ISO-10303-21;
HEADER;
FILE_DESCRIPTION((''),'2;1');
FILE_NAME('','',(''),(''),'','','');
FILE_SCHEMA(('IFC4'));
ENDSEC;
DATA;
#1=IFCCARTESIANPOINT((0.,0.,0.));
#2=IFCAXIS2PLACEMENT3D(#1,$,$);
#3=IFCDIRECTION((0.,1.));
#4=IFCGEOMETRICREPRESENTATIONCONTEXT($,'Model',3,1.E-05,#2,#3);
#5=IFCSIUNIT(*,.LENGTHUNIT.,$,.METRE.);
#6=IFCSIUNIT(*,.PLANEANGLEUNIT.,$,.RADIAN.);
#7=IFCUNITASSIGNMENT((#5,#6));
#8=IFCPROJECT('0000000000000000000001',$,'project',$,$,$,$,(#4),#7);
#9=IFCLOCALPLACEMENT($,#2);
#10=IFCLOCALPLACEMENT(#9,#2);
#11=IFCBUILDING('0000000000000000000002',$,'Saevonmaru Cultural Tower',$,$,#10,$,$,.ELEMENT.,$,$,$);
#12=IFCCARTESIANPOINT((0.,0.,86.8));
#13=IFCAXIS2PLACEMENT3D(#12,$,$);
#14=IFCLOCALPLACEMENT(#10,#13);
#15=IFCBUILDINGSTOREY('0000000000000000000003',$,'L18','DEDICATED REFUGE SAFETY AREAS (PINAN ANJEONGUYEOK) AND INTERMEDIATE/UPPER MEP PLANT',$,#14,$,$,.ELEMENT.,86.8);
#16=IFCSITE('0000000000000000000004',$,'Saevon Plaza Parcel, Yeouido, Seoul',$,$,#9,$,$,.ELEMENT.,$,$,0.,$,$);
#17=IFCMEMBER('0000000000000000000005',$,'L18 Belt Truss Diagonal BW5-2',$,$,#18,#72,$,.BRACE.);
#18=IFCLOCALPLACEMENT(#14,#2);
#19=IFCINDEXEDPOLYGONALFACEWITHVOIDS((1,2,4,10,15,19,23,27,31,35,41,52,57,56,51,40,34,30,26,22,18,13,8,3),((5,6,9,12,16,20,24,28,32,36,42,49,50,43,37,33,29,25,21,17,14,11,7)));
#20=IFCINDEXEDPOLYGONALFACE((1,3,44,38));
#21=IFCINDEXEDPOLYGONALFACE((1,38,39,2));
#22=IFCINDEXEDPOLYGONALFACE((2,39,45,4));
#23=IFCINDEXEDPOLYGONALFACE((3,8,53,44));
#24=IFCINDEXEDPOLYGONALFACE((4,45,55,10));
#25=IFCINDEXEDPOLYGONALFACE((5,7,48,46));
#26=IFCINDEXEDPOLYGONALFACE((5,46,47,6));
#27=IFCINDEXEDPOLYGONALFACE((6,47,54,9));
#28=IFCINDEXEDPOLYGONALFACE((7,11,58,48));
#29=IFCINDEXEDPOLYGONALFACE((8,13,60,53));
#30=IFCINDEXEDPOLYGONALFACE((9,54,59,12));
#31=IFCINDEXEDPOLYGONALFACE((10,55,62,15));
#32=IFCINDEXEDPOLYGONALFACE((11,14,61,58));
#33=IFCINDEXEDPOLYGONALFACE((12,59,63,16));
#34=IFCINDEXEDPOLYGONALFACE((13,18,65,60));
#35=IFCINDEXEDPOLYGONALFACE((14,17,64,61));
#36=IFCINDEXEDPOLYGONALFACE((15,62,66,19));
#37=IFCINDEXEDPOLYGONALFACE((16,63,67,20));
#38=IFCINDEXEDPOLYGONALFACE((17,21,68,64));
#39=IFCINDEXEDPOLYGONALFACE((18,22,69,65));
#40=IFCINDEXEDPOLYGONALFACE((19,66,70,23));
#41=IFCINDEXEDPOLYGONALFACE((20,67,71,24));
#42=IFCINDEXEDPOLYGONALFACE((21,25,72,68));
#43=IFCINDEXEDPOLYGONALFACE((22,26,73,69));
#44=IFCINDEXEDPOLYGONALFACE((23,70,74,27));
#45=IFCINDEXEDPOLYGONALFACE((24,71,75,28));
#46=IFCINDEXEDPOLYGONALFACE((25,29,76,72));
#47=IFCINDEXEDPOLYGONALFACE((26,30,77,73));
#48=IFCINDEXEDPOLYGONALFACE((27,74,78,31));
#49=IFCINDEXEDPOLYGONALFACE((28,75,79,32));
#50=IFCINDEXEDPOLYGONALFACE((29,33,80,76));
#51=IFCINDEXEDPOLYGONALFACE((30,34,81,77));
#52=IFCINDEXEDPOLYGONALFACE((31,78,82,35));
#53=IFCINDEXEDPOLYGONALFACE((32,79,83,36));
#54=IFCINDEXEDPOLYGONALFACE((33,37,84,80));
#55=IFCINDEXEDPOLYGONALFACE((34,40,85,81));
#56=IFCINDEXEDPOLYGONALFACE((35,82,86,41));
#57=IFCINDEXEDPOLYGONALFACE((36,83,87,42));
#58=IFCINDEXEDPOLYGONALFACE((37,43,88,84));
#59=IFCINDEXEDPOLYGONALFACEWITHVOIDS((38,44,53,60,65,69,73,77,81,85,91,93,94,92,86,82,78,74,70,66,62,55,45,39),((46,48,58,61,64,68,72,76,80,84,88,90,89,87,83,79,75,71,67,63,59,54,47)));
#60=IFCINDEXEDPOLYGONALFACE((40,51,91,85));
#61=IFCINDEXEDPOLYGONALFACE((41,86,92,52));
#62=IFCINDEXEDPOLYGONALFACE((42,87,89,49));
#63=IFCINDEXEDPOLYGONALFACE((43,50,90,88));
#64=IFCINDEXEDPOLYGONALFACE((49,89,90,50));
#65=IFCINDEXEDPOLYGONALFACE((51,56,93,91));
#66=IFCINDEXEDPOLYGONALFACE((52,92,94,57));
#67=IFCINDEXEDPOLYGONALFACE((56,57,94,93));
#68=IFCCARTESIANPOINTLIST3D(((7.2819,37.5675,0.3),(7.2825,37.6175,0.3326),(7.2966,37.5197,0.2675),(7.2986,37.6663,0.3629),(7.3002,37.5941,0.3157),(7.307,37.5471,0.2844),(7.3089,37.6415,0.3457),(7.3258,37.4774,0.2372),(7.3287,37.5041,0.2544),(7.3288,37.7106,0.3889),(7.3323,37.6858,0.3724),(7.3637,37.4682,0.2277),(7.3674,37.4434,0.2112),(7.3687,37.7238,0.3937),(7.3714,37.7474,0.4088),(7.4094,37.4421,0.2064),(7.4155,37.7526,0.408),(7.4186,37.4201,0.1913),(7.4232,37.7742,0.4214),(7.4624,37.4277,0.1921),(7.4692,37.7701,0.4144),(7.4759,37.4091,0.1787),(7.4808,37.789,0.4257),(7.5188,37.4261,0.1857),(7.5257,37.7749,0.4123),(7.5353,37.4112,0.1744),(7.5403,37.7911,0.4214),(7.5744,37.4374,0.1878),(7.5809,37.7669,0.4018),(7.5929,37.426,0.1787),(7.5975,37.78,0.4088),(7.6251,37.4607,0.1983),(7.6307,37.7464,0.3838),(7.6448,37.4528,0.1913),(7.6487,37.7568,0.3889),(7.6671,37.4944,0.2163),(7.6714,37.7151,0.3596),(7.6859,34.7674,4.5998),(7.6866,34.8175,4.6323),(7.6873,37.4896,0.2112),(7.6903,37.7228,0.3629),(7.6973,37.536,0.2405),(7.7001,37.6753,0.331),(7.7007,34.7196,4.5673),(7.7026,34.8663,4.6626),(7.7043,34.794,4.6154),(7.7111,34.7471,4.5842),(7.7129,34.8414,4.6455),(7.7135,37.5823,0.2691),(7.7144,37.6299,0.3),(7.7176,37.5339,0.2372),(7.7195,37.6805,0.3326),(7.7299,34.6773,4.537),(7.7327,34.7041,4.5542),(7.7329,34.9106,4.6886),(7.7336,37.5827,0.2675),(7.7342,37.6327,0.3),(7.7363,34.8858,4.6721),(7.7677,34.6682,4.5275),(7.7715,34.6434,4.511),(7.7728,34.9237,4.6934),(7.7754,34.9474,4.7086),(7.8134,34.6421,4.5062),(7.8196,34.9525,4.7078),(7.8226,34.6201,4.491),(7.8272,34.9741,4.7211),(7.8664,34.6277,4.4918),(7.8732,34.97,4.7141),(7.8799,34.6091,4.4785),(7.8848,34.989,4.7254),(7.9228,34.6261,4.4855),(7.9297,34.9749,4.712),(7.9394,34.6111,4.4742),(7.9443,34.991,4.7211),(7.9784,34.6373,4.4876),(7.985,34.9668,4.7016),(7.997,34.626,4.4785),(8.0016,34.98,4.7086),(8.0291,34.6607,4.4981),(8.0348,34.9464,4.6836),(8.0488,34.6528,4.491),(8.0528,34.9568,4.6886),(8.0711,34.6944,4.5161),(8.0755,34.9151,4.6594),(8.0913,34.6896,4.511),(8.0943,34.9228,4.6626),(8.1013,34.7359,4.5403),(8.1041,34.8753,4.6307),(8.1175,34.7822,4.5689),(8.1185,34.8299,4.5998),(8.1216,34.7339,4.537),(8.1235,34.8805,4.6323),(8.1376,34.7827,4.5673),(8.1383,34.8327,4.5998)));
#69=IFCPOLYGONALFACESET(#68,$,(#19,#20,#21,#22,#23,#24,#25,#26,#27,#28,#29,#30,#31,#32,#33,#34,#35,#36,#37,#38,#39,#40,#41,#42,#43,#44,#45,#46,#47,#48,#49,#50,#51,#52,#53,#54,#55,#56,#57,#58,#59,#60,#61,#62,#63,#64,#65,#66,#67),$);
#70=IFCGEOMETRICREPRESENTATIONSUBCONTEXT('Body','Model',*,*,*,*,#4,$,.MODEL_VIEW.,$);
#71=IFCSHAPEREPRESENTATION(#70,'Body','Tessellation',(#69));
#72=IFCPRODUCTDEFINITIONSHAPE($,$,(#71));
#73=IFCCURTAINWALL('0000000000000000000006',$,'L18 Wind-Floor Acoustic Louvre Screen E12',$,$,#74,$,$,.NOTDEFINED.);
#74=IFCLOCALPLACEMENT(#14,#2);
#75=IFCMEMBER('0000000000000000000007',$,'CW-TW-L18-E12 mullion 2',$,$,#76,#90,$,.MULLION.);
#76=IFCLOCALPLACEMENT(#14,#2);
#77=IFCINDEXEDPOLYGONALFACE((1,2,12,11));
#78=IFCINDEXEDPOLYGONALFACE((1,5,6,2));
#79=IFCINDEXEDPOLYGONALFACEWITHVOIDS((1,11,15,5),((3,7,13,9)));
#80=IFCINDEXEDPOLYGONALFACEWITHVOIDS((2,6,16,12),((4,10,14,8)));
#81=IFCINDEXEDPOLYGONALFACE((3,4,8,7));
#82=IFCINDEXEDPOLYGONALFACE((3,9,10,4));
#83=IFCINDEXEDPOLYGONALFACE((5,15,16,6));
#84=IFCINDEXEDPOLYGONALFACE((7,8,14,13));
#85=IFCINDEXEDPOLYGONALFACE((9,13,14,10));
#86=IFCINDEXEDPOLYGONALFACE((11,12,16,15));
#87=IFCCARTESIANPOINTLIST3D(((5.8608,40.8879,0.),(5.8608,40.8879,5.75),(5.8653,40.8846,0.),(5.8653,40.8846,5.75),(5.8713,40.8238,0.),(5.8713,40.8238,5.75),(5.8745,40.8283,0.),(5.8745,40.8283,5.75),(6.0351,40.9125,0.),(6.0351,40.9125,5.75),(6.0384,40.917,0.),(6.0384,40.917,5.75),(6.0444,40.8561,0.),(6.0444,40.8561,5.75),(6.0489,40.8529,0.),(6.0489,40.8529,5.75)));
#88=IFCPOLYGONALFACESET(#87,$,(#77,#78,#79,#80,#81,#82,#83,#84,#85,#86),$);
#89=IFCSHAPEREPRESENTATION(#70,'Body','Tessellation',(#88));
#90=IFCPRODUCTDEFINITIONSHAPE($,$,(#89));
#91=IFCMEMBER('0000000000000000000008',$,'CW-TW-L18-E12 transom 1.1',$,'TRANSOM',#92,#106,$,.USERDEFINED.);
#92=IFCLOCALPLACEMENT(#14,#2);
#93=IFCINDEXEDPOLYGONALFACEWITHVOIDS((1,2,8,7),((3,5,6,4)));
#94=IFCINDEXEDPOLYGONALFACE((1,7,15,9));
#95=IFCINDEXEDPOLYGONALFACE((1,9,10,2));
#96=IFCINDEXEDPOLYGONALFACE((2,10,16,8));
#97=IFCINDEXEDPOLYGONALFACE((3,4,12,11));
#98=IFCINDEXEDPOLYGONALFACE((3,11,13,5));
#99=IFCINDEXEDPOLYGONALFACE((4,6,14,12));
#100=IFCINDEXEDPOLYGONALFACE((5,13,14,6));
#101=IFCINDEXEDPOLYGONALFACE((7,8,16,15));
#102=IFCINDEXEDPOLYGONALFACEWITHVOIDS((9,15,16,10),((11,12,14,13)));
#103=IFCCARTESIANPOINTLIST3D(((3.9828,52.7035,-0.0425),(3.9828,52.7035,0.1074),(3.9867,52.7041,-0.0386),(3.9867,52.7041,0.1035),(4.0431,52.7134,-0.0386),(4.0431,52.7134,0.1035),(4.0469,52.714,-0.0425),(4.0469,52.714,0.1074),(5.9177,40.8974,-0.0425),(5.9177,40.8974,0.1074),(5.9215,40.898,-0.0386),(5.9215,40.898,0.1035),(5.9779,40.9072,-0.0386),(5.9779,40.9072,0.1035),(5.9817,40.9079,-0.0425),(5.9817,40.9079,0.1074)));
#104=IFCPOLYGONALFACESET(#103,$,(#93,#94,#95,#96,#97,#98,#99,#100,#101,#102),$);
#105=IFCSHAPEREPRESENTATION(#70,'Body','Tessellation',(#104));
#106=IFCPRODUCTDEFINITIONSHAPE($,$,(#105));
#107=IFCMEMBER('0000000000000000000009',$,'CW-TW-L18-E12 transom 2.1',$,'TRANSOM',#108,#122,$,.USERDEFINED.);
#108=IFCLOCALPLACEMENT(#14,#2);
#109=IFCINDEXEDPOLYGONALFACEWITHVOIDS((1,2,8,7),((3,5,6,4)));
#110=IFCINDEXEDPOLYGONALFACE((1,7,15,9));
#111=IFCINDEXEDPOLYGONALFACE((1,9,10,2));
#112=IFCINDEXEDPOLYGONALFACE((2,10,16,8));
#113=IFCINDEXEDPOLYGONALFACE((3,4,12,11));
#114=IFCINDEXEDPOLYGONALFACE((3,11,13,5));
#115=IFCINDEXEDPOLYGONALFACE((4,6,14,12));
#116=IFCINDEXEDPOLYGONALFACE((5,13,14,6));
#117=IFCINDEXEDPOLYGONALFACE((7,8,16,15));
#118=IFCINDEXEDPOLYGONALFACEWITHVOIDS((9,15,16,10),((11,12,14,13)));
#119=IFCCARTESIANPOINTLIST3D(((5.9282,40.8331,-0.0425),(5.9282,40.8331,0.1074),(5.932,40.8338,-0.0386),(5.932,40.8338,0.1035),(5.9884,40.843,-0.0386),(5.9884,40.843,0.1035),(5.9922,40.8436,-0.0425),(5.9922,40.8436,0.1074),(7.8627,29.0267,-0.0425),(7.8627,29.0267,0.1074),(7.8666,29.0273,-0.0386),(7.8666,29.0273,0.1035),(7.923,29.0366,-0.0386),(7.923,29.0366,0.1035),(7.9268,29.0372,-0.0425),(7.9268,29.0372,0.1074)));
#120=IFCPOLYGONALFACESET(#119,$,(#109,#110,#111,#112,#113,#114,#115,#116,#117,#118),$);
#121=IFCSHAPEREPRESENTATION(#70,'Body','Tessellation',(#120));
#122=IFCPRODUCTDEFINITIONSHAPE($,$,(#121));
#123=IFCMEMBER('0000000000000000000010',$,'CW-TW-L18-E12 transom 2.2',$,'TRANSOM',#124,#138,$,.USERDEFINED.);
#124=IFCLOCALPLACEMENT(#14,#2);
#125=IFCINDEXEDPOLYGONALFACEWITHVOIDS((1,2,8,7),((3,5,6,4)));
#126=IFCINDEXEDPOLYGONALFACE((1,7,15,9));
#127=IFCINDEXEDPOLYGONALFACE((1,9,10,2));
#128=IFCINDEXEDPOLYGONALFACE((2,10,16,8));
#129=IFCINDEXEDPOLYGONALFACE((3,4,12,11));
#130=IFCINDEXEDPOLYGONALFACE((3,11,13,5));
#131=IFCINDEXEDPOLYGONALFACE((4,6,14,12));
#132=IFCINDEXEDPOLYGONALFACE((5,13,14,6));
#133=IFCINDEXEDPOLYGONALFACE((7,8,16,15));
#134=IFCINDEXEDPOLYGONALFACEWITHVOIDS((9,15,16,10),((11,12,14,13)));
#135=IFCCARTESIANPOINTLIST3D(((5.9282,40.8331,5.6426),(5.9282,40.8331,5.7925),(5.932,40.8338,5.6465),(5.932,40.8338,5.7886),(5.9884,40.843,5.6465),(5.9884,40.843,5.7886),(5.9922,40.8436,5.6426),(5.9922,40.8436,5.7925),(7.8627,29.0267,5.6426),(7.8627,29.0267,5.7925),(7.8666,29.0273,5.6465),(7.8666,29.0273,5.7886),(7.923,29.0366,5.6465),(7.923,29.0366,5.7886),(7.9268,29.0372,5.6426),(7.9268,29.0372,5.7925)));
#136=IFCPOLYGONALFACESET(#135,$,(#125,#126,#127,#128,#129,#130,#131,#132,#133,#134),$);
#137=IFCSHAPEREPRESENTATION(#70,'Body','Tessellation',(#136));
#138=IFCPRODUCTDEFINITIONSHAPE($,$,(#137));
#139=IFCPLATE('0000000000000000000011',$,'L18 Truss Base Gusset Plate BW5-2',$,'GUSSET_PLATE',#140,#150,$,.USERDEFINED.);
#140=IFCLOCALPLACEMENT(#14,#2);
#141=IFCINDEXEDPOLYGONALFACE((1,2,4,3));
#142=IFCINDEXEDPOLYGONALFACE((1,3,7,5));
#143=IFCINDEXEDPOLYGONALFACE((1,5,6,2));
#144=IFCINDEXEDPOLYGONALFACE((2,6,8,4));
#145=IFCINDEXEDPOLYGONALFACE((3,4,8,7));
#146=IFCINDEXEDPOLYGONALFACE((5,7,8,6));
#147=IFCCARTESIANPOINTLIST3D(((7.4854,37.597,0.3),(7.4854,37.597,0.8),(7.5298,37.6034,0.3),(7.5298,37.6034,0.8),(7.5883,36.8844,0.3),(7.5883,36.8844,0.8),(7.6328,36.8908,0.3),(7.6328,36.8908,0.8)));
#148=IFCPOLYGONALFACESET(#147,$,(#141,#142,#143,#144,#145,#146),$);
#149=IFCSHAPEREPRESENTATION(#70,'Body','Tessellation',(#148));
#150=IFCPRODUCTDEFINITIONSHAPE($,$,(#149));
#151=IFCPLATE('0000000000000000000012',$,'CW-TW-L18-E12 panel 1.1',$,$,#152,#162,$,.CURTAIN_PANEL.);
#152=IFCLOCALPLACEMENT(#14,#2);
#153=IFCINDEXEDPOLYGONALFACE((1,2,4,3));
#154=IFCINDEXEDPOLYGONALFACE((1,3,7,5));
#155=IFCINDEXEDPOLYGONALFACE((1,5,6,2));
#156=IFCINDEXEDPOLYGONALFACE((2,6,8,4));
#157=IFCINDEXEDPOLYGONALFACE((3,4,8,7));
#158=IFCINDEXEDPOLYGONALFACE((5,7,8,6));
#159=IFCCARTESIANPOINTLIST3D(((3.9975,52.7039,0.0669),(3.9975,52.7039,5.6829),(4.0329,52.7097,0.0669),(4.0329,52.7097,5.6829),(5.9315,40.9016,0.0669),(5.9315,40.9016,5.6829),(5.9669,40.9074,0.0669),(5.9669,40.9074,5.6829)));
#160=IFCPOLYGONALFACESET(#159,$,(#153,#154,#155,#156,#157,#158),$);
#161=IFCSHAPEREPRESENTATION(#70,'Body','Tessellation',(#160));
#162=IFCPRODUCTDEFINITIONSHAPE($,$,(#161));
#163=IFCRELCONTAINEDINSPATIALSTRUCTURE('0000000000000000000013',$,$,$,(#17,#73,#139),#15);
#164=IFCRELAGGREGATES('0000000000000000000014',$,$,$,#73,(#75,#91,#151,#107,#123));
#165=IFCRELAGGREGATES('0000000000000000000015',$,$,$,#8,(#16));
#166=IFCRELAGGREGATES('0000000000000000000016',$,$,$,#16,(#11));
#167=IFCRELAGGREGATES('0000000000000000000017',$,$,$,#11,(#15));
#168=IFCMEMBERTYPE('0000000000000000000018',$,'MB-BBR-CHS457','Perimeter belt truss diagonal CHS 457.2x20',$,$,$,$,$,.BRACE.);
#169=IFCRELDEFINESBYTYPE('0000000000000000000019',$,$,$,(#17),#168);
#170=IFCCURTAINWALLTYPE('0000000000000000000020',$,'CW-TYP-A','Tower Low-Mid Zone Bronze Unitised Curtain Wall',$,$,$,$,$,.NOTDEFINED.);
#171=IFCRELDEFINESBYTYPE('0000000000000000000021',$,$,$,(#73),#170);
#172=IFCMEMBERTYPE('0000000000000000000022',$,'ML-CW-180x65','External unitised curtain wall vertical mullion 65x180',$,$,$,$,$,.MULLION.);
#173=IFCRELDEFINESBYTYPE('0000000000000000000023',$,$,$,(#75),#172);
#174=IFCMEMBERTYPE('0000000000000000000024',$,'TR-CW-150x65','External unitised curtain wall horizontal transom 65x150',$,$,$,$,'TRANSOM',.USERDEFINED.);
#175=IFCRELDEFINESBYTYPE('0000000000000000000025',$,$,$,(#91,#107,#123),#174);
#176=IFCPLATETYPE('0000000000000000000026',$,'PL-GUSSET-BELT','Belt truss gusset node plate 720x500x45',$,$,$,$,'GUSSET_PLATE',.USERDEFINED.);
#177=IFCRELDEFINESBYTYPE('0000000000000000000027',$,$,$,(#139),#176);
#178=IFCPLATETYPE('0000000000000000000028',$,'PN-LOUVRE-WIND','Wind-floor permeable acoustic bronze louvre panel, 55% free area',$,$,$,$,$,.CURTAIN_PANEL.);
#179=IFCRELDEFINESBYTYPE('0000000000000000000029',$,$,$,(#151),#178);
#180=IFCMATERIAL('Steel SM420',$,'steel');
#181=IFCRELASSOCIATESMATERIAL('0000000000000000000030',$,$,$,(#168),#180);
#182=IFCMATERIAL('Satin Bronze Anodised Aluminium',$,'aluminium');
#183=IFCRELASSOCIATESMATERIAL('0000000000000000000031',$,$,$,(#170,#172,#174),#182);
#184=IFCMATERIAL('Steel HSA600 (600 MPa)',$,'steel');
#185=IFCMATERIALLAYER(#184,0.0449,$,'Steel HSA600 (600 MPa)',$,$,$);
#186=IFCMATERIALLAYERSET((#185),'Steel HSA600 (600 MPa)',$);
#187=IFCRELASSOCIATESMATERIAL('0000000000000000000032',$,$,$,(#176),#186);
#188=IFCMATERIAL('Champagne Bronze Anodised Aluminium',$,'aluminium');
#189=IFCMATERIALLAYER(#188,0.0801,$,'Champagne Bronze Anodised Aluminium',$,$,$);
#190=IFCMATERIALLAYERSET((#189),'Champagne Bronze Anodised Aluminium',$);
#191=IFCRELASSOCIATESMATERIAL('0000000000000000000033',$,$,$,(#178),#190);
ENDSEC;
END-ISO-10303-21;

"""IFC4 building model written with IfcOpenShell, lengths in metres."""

from ifc_helpers import new_model, si_unit, direction, frame, origin, origin_2d, place, context, subcontext, project, spatial, rectangle, hollow_rectangle, hollow_circle, extrude, material, layer, layer_set, material_profile, profile_set, type_object, element, aggregate, save


model = new_model("IFC4")

# Units and contexts
model_context = context("Model", 3, precision=1e-05, world=origin(), true_north=direction((0.0, 1.0)))
body_context = subcontext(model_context, "Body", "Model", "MODEL_VIEW")
ifc_project = project(units=[si_unit("LENGTHUNIT", "METRE"), si_unit("PLANEANGLEUNIT", "RADIAN")], contexts=[model_context])

# Site, building, storey
site_placement = place(None, origin())
site = spatial("IfcSite", under=ifc_project, at=site_placement, Name="Saevon Plaza Parcel, Yeouido, Seoul", CompositionType="ELEMENT", RefElevation=0.0)
building_placement = place(site_placement, origin())
building = spatial("IfcBuilding", under=site, at=building_placement, Name="Saevonmaru Cultural Tower", CompositionType="ELEMENT")
storey_placement = place(building_placement, frame((0.0, 0.0, 86.8)))
storey = spatial("IfcBuildingStorey", under=building, at=storey_placement, Name="L18", Description="DEDICATED REFUGE SAFETY AREAS (PINAN ANJEONGUYEOK) AND INTERMEDIATE/UPPER MEP PLANT", CompositionType="ELEMENT", Elevation=86.8)

# Shared definitions
ifc_material_1 = material(Name="Steel HSA600 (600 MPa)", Category="steel")

# Shared definitions
ifc_material_2 = material(Name="Steel SM420", Category="steel")

# Member
ifc_material_profile_1 = material_profile(ifc_material_2, hollow_circle(Radius=0.2285, WallThickness=0.02, at=origin_2d()), Name="CHS-457.2x20")
ifc_profile_set_1 = profile_set([ifc_material_profile_1], Name="Steel SM420")
member_type_1 = type_object("IfcMemberType", Name="MB-BBR-CHS457", Description="Perimeter belt truss diagonal CHS 457.2x20", PredefinedType="BRACE", material=ifc_profile_set_1)
member_1_placement = place(storey_placement, frame((7.5081, 37.6001, 0.3), z_axis=(0.078502, -0.544013, 0.835396), x_axis=(0.989748, 0.142823, 0.0)))
element("IfcMember", 1, at=member_1_placement, inside=storey, type_object=member_type_1, Name="L18 Belt Truss Diagonal BW5-2", PredefinedType="BRACE", context=body_context, shape_type="SweptSolid", body=[
    extrude(hollow_circle(Radius=0.2285, WallThickness=0.02, at=origin_2d()), origin(), (0.0, 0.0, 1.0), 5.147),
])

# Curtain wall, members
ifc_material_3 = material(Name="Satin Bronze Anodised Aluminium", Category="aluminium")
curtain_wall_type = type_object("IfcCurtainWallType", Name="CW-TYP-A", Description="Tower Low-Mid Zone Bronze Unitised Curtain Wall", PredefinedType="NOTDEFINED", material=ifc_material_3)
curtain_wall_placement = place(storey_placement, origin())
curtain_wall = element("IfcCurtainWall", 2, at=curtain_wall_placement, inside=storey, type_object=curtain_wall_type, Name="L18 Wind-Floor Acoustic Louvre Screen E12", PredefinedType="NOTDEFINED")
ifc_material_profile_2 = material_profile(ifc_material_3, hollow_rectangle(XDim=0.0649, YDim=0.1799, WallThickness=0.0039, at=origin_2d()), Name="ALU-MULL-180x65x4")
ifc_profile_set_2 = profile_set([ifc_material_profile_2], Name="Satin Bronze Anodised Aluminium")
member_type_2 = type_object("IfcMemberType", Name="ML-CW-180x65", Description="External unitised curtain wall vertical mullion 65x180", PredefinedType="MULLION", material=ifc_profile_set_2)
member_2_placement = place(storey_placement, frame((5.9548, 40.8704, 0.0), z_axis=(0.0, 0.0, 1.0), x_axis=(0.161709, -0.986839, 0.0)))
member_2 = element("IfcMember", 3, at=member_2_placement, type_object=member_type_2, Name="CW-TW-L18-E12 mullion 2", PredefinedType="MULLION", context=body_context, shape_type="SweptSolid", body=[
    extrude(hollow_rectangle(XDim=0.0649, YDim=0.1799, WallThickness=0.0039, at=origin_2d()), origin(), (0.0, 0.0, 1.0), 5.75),
])
ifc_material_profile_3 = material_profile(ifc_material_3, hollow_rectangle(XDim=0.0649, YDim=0.1499, WallThickness=0.0039, at=origin_2d()), Name="ALU-TRAN-150x65x4")
ifc_profile_set_3 = profile_set([ifc_material_profile_3], Name="Satin Bronze Anodised Aluminium")
member_type_3 = type_object("IfcMemberType", Name="TR-CW-150x65", Description="External unitised curtain wall horizontal transom 65x150", ElementType="TRANSOM", PredefinedType="USERDEFINED", material=ifc_profile_set_3)
member_3_placement = place(storey_placement, frame((4.0149, 52.7087, 0.0325), z_axis=(0.161725, -0.986836, 0.0), x_axis=(0.986836, 0.161725, 0.0)))
member_3 = element("IfcMember", 4, at=member_3_placement, type_object=member_type_3, Name="CW-TW-L18-E12 transom 1.1", ObjectType="TRANSOM", PredefinedType="USERDEFINED", context=body_context, shape_type="SweptSolid", body=[
    extrude(hollow_rectangle(XDim=0.0649, YDim=0.1499, WallThickness=0.0039, at=origin_2d()), origin(), (0.0, 0.0, 1.0), 11.9636),
])
member_4_placement = place(storey_placement, frame((5.9602, 40.8384, 0.0325), z_axis=(0.161701, -0.98684, 0.0), x_axis=(0.98684, 0.161701, 0.0)))
member_4 = element("IfcMember", 5, at=member_4_placement, type_object=member_type_3, Name="CW-TW-L18-E12 transom 2.1", ObjectType="TRANSOM", PredefinedType="USERDEFINED", context=body_context, shape_type="SweptSolid", body=[
    extrude(hollow_rectangle(XDim=0.0649, YDim=0.1499, WallThickness=0.0039, at=origin_2d()), origin(), (0.0, 0.0, 1.0), 11.9639),
])
member_5_placement = place(storey_placement, frame((5.9602, 40.8384, 5.7175), z_axis=(0.161701, -0.98684, 0.0), x_axis=(0.98684, 0.161701, 0.0)))
member_5 = element("IfcMember", 6, at=member_5_placement, type_object=member_type_3, Name="CW-TW-L18-E12 transom 2.2", ObjectType="TRANSOM", PredefinedType="USERDEFINED", context=body_context, shape_type="SweptSolid", body=[
    extrude(hollow_rectangle(XDim=0.0649, YDim=0.1499, WallThickness=0.0039, at=origin_2d()), origin(), (0.0, 0.0, 1.0), 11.9639),
])

# Plates
ifc_layer_1 = layer(ifc_material_1, 0.0449, Name="Steel HSA600 (600 MPa)")
ifc_layer_set_1 = layer_set([ifc_layer_1], Name="Steel HSA600 (600 MPa)")
plate_type_1 = type_object("IfcPlateType", Name="PL-GUSSET-BELT", Description="Belt truss gusset node plate 720x500x45", ElementType="GUSSET_PLATE", PredefinedType="USERDEFINED", material=ifc_layer_set_1)
plate_1_placement = place(storey_placement, frame((7.5591, 37.2439, 0.3), z_axis=(0.0, 0.0, 1.0), x_axis=(-0.142974, 0.989726, 0.0)))
element("IfcPlate", 7, at=plate_1_placement, inside=storey, type_object=plate_type_1, Name="L18 Truss Base Gusset Plate BW5-2", ObjectType="GUSSET_PLATE", PredefinedType="USERDEFINED", context=body_context, shape_type="SweptSolid", body=[
    extrude(rectangle(XDim=0.72, YDim=0.0449, at=origin_2d()), origin(), (0.0, 0.0, 1.0), 0.5),
])
ifc_material_4 = material(Name="Champagne Bronze Anodised Aluminium", Category="aluminium")
ifc_layer_2 = layer(ifc_material_4, 0.0801, Name="Champagne Bronze Anodised Aluminium")
ifc_layer_set_2 = layer_set([ifc_layer_2], Name="Champagne Bronze Anodised Aluminium")
plate_type_2 = type_object("IfcPlateType", Name="PN-LOUVRE-WIND", Description="Wind-floor permeable acoustic bronze louvre panel, 55% free area", PredefinedType="CURTAIN_PANEL", material=ifc_layer_set_2)
plate_2_placement = place(storey_placement, frame((4.9822, 46.8057, 0.0669), z_axis=(0.0, 0.0, 1.0), x_axis=(0.161709, -0.986839, 0.0)))
plate_2 = element("IfcPlate", 8, at=plate_2_placement, type_object=plate_type_2, Name="CW-TW-L18-E12 panel 1.1", PredefinedType="CURTAIN_PANEL", context=body_context, shape_type="SweptSolid", body=[
    extrude(rectangle(XDim=11.9597, YDim=0.0359, at=origin_2d()), origin(), (0.0, 0.0, 1.0), 5.616),
])
aggregate(curtain_wall, [member_2, member_3, plate_2, member_4, member_5])

save(model, "model.ifc")
